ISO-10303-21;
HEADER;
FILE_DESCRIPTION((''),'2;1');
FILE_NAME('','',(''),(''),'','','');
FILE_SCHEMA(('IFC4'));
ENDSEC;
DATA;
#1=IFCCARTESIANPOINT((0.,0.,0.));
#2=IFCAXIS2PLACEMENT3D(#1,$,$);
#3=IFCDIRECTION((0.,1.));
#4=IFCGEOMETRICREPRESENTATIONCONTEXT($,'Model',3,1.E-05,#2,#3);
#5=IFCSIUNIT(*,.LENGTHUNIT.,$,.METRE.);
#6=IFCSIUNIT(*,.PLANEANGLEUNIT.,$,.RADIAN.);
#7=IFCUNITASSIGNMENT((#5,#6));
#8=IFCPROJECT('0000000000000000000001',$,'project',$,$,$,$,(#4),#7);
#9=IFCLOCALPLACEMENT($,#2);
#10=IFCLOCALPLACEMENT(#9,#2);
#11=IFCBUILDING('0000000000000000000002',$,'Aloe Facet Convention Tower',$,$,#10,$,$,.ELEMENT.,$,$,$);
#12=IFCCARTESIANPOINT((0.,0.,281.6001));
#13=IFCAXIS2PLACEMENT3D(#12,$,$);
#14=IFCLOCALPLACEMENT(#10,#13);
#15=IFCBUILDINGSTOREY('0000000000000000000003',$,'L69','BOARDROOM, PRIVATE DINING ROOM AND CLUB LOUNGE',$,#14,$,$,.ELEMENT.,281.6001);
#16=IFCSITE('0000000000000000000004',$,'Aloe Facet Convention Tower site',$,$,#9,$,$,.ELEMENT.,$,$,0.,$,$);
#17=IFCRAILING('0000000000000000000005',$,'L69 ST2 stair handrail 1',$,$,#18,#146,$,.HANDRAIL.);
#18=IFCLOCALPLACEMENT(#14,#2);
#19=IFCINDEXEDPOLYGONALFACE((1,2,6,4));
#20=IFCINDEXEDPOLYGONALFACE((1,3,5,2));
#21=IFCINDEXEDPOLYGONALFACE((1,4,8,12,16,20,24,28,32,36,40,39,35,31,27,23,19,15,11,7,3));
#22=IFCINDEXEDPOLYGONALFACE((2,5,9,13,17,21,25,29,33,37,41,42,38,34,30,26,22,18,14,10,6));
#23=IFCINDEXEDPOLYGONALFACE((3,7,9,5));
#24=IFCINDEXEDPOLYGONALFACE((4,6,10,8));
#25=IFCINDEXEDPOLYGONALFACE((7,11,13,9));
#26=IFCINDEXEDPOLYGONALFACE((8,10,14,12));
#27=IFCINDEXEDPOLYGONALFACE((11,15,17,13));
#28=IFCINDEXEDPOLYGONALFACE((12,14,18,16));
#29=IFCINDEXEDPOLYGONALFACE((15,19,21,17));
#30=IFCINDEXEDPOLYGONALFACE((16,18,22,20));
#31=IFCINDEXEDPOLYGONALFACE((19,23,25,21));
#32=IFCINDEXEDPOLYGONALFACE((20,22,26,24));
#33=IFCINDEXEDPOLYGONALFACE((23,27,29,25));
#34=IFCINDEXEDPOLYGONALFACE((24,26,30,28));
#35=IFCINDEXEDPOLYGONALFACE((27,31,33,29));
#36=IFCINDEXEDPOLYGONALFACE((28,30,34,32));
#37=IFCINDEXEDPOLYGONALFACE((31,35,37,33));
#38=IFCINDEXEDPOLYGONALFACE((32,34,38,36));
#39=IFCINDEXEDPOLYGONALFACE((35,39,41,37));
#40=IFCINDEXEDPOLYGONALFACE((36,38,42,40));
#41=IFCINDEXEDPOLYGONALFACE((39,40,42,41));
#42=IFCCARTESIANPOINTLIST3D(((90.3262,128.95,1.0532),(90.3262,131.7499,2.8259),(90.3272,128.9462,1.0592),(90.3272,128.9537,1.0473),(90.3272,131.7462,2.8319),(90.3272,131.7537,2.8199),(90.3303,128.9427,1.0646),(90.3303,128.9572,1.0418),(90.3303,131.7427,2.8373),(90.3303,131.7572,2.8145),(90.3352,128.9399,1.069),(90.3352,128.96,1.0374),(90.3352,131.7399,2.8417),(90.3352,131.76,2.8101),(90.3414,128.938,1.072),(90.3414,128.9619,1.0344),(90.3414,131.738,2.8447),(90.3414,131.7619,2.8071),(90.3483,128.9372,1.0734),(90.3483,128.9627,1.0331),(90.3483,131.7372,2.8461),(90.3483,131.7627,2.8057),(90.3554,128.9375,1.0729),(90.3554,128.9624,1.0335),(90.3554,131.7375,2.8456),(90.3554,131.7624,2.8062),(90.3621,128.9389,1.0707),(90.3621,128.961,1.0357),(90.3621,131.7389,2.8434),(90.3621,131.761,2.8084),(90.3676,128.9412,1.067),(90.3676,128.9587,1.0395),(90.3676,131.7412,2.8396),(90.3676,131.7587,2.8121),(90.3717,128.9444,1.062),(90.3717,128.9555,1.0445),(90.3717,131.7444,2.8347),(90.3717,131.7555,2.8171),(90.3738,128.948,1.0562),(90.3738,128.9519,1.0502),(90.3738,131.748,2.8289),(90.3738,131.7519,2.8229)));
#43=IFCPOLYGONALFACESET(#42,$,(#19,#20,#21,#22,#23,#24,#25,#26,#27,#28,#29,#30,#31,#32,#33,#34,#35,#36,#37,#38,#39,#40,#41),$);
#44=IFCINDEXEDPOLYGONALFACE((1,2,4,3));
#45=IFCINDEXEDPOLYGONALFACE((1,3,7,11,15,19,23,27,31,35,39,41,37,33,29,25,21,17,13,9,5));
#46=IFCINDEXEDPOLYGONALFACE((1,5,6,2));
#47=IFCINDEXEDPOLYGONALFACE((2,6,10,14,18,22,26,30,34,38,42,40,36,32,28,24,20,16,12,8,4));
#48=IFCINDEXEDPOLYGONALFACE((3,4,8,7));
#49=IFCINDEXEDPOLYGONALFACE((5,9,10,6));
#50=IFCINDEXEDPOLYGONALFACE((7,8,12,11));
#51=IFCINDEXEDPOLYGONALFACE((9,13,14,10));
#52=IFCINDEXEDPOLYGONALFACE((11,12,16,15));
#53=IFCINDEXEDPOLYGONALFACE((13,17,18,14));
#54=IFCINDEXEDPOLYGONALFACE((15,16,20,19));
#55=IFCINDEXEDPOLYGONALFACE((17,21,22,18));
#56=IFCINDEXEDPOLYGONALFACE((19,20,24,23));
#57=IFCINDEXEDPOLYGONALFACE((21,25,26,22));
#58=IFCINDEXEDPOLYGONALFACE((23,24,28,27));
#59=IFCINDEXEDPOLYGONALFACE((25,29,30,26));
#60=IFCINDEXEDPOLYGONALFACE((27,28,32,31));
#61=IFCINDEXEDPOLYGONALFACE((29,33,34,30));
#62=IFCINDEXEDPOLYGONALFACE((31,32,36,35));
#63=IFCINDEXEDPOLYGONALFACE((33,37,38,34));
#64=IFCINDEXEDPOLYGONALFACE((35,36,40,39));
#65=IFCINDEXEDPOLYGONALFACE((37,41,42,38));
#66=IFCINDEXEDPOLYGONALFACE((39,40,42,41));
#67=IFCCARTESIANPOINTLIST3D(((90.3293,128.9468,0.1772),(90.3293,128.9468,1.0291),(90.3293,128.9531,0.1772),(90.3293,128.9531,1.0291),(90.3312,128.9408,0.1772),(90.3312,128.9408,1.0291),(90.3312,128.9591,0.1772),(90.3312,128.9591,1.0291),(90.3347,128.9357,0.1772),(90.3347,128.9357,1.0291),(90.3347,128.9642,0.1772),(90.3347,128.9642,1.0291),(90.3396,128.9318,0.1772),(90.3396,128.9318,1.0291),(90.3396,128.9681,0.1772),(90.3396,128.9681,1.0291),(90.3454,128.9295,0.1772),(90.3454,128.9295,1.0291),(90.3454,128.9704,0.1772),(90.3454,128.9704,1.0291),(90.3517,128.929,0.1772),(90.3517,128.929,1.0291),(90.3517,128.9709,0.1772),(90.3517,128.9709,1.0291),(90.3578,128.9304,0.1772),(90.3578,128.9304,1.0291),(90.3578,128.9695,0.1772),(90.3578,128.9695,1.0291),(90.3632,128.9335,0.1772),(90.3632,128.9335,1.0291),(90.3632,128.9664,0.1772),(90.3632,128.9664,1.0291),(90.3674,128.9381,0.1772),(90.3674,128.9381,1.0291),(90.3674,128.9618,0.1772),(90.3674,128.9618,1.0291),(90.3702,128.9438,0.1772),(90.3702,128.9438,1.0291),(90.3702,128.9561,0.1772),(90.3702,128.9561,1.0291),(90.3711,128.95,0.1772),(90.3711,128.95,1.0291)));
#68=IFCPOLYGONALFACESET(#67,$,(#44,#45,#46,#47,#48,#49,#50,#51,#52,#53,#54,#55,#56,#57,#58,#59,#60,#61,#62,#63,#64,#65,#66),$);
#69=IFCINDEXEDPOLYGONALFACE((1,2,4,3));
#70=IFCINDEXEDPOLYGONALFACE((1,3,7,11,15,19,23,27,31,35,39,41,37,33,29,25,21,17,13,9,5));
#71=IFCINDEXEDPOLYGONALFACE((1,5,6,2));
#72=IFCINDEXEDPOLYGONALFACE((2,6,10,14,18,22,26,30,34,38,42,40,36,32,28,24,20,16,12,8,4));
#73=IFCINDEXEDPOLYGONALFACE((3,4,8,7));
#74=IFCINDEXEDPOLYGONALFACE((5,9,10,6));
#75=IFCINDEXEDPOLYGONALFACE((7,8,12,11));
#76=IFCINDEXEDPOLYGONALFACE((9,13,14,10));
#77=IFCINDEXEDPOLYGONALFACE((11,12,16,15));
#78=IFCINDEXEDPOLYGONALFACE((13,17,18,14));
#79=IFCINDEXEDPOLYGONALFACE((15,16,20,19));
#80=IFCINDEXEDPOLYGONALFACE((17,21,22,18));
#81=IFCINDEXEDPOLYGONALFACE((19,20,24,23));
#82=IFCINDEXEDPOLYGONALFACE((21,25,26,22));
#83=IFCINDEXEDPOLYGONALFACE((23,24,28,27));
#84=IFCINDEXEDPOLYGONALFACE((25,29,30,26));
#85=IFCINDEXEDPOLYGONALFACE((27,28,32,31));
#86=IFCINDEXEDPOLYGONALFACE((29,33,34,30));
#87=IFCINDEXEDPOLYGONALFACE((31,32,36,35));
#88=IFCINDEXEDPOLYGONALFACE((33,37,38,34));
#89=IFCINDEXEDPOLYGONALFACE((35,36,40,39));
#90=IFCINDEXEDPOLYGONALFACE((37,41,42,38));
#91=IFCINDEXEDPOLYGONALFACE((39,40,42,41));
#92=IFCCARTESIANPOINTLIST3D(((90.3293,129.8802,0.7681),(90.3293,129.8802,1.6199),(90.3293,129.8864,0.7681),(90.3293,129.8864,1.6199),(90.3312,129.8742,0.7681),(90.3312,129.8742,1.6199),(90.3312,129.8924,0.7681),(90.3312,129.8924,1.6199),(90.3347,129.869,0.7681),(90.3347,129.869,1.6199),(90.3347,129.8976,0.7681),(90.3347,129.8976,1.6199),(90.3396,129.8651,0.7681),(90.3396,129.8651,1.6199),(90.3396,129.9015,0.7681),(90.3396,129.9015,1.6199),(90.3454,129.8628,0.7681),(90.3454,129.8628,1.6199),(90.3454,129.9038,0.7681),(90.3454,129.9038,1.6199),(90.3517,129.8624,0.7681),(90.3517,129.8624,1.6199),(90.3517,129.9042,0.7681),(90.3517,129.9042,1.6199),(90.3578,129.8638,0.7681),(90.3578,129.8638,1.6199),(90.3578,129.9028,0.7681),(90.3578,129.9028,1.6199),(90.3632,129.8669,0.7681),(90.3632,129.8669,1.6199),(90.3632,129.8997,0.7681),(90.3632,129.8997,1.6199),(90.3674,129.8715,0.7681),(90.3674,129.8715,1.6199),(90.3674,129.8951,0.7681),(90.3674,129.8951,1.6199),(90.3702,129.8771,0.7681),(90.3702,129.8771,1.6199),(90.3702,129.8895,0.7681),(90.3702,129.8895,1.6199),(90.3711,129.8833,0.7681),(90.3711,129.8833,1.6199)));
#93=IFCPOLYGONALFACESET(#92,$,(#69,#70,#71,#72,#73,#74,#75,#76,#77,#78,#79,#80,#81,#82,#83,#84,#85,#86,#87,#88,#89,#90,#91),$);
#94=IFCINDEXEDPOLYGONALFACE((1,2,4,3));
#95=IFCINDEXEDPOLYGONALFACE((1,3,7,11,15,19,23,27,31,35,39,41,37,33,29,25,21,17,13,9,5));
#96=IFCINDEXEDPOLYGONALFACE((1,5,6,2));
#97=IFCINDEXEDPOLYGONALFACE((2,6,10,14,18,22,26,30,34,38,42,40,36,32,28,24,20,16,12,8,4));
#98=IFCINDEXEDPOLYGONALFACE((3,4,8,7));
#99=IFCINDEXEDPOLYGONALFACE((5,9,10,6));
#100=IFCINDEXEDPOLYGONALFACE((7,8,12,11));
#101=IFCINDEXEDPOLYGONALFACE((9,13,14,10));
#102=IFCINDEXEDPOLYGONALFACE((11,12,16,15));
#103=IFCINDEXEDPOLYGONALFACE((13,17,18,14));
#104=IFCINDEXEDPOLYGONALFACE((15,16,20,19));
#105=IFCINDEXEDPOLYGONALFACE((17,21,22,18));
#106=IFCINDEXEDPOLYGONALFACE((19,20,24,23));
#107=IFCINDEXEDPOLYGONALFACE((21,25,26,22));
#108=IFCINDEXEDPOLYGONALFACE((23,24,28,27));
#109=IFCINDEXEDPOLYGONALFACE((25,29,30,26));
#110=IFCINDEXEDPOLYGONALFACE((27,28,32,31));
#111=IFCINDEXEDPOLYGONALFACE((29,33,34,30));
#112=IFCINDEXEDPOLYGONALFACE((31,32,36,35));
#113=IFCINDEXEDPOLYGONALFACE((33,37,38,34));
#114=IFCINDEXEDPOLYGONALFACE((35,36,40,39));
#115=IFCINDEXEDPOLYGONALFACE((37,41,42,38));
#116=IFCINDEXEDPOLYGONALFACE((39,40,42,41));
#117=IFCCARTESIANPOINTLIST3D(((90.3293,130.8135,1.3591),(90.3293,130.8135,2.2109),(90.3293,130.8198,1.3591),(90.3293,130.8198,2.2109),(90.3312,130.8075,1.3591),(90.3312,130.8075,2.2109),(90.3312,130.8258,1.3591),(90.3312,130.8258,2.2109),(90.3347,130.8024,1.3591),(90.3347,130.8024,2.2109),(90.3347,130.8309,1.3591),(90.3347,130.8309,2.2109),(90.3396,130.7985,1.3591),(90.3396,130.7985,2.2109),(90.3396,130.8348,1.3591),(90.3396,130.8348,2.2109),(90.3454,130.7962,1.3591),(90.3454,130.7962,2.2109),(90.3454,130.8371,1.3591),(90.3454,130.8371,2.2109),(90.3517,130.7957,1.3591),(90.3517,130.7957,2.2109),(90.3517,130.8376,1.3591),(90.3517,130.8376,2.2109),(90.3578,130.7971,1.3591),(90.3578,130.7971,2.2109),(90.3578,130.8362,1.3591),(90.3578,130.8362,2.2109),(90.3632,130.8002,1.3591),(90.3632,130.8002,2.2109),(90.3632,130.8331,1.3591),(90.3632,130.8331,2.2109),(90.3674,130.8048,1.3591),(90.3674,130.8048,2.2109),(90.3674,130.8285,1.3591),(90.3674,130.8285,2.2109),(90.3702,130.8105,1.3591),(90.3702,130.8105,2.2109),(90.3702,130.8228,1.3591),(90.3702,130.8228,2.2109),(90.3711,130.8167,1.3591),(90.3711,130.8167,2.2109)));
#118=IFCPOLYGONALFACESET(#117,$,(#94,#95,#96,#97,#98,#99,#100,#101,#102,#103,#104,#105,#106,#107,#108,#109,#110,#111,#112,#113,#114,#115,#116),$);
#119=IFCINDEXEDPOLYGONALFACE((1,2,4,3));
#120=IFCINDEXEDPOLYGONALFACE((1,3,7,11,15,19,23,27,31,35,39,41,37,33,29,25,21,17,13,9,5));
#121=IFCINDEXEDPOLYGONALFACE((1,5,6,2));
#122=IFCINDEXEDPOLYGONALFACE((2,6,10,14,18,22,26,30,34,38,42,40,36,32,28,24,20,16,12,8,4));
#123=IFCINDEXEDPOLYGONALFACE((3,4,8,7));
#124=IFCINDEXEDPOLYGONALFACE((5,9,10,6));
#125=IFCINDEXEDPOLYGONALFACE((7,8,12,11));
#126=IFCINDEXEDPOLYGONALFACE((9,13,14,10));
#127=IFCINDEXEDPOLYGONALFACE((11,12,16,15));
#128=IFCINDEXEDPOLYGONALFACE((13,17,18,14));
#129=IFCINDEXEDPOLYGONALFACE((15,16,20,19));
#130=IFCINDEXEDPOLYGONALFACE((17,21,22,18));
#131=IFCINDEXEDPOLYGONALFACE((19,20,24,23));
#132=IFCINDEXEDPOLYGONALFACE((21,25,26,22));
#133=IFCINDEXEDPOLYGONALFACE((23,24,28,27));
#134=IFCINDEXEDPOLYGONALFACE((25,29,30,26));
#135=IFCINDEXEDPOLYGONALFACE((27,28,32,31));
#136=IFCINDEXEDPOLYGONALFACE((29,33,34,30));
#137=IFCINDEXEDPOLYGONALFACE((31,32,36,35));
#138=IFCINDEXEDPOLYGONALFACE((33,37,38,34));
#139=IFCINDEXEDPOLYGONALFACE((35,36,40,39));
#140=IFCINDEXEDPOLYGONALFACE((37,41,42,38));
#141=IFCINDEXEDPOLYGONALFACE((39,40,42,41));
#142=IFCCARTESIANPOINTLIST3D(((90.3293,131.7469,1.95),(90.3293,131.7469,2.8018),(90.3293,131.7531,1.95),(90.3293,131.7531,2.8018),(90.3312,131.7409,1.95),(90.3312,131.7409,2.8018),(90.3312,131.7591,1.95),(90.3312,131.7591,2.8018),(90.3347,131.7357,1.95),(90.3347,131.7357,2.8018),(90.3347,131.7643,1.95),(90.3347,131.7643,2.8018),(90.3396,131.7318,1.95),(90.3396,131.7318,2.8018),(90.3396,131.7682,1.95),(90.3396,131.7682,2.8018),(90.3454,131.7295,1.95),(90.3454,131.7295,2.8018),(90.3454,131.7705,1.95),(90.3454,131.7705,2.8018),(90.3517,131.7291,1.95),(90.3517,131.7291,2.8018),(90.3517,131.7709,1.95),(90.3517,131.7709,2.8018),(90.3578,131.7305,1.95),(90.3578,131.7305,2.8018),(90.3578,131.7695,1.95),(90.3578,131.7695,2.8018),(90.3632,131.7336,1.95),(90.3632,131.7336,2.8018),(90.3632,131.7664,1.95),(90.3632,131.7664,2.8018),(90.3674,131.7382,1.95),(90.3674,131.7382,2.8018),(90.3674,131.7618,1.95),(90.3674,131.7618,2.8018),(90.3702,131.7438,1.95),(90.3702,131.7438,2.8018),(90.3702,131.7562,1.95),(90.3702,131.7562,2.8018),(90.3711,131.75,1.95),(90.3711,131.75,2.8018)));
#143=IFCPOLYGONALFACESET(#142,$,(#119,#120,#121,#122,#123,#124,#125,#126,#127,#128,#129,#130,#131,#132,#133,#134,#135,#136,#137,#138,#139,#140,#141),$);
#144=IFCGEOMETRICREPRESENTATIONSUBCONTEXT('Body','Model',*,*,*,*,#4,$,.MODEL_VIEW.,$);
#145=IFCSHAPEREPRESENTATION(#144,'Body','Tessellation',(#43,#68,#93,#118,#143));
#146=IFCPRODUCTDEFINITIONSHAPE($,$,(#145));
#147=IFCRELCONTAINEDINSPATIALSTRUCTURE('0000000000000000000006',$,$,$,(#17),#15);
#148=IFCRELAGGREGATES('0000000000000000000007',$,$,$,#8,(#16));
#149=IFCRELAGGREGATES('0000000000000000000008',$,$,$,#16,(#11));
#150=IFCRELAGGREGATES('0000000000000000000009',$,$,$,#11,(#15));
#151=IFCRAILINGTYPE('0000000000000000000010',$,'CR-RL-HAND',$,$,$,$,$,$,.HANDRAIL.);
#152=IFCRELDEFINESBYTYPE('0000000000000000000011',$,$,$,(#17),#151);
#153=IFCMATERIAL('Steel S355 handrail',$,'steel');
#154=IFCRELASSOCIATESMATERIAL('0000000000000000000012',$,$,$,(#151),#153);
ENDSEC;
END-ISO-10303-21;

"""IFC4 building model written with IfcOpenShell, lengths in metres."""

from ifc_helpers import new_model, si_unit, direction, frame, origin, origin_2d, place, context, subcontext, project, spatial, circle, extrude, material, type_object, element, save


model = new_model("IFC4")

# Units and contexts
model_context = context("Model", 3, precision=1e-05, world=origin(), true_north=direction((0.0, 1.0)))
body_context = subcontext(model_context, "Body", "Model", "MODEL_VIEW")
ifc_project = project(units=[si_unit("LENGTHUNIT", "METRE"), si_unit("PLANEANGLEUNIT", "RADIAN")], contexts=[model_context])

# Site, building, storey
site_placement = place(None, origin())
site = spatial("IfcSite", under=ifc_project, at=site_placement, Name="Aloe Facet Convention Tower site", CompositionType="ELEMENT", RefElevation=0.0)
building_placement = place(site_placement, origin())
building = spatial("IfcBuilding", under=site, at=building_placement, Name="Aloe Facet Convention Tower", CompositionType="ELEMENT")
storey_placement = place(building_placement, frame((0.0, 0.0, 281.6001)))
storey = spatial("IfcBuildingStorey", under=building, at=storey_placement, Name="L69", Description="BOARDROOM, PRIVATE DINING ROOM AND CLUB LOUNGE", CompositionType="ELEMENT", Elevation=281.6001)

# Railing
ifc_material_1 = material(Name="Steel S355 handrail", Category="steel")
railing_type_1 = type_object("IfcRailingType", Name="CR-RL-HAND", PredefinedType="HANDRAIL", material=ifc_material_1)
railing_1_placement = place(storey_placement, frame((90.3501, 128.95, 0.1772)))
element("IfcRailing", 1, at=railing_1_placement, inside=storey, type_object=railing_type_1, Name="L69 ST2 stair handrail 1", PredefinedType="HANDRAIL", context=body_context, shape_type="SweptSolid", body=[
    extrude(circle(Radius=0.0239, at=origin_2d()), frame((0.0, 0.0, 0.876), z_axis=(0.0, 0.844909, 0.53491), x_axis=(-1.0, 0.0, 0.0)), (0.0, 0.0, 1.0), 3.314),
    extrude(circle(Radius=0.021, at=origin_2d()), origin(), (0.0, 0.0, 1.0), 0.8518),
    extrude(circle(Radius=0.021, at=origin_2d()), frame((0.0, 0.9333, 0.5908)), (0.0, 0.0, 1.0), 0.8518),
    extrude(circle(Radius=0.021, at=origin_2d()), frame((0.0, 1.8667, 1.1819)), (0.0, 0.0, 1.0), 0.8518),
    extrude(circle(Radius=0.021, at=origin_2d()), frame((0.0, 2.8, 1.7727)), (0.0, 0.0, 1.0), 0.8518),
])

save(model, "model.ifc")
